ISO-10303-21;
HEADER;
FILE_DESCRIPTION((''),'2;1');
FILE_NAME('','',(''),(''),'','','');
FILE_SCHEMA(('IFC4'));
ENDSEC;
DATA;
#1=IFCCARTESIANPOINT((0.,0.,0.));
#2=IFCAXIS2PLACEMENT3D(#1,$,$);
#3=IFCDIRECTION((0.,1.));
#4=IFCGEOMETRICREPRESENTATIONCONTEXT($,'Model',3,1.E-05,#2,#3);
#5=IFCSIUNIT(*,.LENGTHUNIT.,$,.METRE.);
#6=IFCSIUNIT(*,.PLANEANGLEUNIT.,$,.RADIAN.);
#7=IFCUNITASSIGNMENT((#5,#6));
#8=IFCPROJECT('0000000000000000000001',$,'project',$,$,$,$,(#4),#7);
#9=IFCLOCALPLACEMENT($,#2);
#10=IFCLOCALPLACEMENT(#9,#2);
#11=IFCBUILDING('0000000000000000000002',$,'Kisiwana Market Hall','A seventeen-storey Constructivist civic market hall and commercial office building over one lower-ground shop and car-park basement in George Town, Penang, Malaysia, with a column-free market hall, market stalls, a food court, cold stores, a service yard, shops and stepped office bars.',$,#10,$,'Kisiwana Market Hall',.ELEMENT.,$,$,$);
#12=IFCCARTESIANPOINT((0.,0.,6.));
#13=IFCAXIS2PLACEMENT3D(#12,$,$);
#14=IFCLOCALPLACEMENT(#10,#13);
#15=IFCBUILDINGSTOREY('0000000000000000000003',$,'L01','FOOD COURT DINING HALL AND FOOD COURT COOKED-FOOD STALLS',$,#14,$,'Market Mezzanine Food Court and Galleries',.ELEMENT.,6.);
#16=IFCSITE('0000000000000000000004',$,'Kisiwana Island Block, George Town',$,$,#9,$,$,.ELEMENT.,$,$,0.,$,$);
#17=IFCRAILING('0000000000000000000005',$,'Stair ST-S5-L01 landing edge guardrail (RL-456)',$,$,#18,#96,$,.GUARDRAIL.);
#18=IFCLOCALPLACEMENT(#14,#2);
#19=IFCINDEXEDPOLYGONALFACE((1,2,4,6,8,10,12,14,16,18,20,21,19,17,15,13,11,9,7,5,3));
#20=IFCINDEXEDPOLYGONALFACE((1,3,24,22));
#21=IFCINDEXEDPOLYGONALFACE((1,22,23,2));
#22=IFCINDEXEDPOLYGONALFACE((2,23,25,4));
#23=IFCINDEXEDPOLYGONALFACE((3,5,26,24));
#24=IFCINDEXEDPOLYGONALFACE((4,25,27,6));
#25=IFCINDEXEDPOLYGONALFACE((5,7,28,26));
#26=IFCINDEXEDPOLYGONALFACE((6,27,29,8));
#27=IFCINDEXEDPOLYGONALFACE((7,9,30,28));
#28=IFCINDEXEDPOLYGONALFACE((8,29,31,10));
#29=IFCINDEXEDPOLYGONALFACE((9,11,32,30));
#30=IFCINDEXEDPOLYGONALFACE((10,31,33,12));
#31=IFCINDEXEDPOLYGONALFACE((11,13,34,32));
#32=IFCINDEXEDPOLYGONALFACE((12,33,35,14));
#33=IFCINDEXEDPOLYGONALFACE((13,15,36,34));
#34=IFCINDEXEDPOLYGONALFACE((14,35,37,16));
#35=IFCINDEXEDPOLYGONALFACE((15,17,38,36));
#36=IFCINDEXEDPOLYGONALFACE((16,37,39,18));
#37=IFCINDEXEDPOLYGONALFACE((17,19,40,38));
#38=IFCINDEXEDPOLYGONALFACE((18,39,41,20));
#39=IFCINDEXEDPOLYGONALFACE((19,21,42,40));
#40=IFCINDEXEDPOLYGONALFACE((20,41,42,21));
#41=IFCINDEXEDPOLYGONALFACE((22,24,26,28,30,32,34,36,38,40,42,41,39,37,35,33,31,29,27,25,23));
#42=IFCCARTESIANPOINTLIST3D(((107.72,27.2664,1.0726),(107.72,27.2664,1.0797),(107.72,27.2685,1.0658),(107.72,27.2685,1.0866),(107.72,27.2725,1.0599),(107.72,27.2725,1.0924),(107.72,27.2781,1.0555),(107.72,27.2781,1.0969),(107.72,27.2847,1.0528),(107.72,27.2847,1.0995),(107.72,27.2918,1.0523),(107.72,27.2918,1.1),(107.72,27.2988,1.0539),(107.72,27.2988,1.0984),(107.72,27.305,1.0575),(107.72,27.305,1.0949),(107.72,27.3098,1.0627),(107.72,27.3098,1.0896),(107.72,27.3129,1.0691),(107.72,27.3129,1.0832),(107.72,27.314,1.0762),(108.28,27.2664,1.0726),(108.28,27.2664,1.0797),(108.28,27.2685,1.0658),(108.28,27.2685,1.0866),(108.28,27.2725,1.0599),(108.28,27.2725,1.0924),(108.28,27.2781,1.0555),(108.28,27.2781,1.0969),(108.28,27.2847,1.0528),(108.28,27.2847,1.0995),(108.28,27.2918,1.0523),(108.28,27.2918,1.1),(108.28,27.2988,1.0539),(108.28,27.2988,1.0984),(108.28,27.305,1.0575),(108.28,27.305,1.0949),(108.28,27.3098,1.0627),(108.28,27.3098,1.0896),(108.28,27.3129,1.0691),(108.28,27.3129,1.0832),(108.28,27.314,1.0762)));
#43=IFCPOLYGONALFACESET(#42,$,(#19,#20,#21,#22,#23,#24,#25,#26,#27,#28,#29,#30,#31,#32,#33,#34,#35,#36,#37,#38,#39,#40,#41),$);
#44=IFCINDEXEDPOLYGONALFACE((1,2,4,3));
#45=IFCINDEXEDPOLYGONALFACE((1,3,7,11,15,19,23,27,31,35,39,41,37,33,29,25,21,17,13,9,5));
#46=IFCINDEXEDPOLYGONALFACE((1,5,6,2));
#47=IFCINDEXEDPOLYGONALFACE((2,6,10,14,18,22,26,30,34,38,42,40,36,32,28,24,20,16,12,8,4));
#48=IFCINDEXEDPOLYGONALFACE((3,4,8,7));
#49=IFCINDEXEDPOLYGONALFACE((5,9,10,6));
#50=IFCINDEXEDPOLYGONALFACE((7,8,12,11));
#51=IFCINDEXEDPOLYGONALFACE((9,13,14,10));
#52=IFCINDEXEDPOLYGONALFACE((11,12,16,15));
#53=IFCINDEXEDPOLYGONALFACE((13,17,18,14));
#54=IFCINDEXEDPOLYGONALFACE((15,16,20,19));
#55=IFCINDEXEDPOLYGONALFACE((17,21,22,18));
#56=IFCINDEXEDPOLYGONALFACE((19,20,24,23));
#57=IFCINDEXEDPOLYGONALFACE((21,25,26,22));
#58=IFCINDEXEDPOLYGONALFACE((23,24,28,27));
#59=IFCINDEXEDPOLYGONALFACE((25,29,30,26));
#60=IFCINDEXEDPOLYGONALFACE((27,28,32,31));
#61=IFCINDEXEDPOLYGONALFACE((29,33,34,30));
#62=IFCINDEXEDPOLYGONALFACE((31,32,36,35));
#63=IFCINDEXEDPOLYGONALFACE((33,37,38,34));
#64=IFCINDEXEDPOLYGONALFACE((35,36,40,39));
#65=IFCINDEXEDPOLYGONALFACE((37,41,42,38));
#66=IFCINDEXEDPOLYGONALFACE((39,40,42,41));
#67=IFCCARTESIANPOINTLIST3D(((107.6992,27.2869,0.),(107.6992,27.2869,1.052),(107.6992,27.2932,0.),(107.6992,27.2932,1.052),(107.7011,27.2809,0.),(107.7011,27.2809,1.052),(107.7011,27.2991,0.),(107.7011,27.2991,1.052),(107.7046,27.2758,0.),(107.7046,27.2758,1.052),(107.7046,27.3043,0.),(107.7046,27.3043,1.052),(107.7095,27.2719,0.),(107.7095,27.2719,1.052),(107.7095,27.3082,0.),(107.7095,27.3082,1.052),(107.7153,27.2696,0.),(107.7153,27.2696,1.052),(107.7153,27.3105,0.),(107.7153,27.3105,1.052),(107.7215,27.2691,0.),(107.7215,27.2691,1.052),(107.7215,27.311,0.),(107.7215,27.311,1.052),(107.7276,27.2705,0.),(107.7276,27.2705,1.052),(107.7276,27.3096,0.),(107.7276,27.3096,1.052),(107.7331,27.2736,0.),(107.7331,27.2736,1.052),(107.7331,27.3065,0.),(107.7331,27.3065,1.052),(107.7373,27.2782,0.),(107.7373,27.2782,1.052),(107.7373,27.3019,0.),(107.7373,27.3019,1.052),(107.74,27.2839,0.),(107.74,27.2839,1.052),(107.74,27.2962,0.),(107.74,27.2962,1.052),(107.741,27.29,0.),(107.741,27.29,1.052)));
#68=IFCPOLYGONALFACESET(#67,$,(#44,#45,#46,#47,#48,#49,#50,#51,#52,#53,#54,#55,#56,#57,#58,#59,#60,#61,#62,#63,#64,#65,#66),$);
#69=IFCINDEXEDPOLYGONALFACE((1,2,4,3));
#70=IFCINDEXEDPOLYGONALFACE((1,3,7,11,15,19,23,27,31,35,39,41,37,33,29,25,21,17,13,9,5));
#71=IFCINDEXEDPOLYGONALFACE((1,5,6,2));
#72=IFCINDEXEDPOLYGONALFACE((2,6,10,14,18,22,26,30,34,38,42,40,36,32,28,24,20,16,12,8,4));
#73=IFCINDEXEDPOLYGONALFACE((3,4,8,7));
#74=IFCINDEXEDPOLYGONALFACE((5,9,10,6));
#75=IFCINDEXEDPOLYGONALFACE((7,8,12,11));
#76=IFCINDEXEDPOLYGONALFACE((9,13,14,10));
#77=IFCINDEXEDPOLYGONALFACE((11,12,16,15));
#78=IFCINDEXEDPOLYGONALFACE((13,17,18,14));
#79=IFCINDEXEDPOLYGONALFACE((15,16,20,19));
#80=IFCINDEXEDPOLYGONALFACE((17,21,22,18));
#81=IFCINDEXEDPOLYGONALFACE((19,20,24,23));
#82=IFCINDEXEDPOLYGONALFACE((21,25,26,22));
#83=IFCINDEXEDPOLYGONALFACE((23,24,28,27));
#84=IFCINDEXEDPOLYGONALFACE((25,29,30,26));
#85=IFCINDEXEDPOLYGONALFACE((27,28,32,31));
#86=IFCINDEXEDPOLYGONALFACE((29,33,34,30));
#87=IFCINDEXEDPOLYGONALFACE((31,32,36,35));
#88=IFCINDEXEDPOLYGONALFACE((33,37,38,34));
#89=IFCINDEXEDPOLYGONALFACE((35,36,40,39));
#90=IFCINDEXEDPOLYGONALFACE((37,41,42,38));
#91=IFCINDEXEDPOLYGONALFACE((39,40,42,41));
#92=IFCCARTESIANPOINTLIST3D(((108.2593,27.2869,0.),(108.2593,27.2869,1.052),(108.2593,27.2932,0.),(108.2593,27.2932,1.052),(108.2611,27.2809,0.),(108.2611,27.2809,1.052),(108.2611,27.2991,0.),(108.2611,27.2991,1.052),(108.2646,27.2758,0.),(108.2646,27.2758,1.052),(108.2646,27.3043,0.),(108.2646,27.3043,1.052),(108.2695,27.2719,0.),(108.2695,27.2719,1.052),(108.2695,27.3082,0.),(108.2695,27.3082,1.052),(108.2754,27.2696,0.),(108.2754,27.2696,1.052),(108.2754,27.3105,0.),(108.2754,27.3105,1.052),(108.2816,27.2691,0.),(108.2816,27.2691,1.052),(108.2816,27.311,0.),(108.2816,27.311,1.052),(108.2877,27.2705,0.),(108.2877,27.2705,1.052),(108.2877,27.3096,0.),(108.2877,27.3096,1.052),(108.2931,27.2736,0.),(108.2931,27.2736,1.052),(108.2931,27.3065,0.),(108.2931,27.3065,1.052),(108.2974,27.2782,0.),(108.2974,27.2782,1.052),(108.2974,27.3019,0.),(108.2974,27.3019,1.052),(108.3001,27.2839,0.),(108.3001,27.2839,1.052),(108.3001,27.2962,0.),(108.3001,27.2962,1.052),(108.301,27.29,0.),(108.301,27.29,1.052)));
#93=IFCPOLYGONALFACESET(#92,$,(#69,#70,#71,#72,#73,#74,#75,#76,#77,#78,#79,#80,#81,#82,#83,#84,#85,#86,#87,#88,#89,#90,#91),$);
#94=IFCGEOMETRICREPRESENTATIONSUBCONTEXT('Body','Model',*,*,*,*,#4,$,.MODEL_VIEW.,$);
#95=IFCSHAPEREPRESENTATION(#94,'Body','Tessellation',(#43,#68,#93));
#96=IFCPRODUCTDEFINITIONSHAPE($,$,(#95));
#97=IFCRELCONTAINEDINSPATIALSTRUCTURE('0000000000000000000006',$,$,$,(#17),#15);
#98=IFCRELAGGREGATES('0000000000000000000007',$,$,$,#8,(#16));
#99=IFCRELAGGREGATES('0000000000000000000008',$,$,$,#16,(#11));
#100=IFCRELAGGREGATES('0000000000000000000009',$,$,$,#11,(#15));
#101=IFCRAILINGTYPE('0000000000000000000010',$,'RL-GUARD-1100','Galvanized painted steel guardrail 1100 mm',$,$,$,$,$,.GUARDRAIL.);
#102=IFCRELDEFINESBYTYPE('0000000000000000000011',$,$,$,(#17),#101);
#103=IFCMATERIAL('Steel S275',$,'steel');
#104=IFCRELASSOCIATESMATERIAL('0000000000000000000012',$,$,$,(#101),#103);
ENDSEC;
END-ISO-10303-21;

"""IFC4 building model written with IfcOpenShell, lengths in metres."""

from ifc_helpers import new_model, si_unit, direction, frame, origin, origin_2d, place, context, subcontext, project, spatial, circle, extrude, material, type_object, element, save


model = new_model("IFC4")

# Units and contexts
model_context = context("Model", 3, precision=1e-05, world=origin(), true_north=direction((0.0, 1.0)))
body_context = subcontext(model_context, "Body", "Model", "MODEL_VIEW")
ifc_project = project(units=[si_unit("LENGTHUNIT", "METRE"), si_unit("PLANEANGLEUNIT", "RADIAN")], contexts=[model_context])

# Site, building, storey
site_placement = place(None, origin())
site = spatial("IfcSite", under=ifc_project, at=site_placement, Name="Kisiwana Island Block, George Town", CompositionType="ELEMENT", RefElevation=0.0)
building_placement = place(site_placement, origin())
building = spatial("IfcBuilding", under=site, at=building_placement, Name="Kisiwana Market Hall", Description="A seventeen-storey Constructivist civic market hall and commercial office building over one lower-ground shop and car-park basement in George Town, Penang, Malaysia, with a column-free market hall, market stalls, a food court, cold stores, a service yard, shops and stepped office bars.", LongName="Kisiwana Market Hall", CompositionType="ELEMENT")
storey_placement = place(building_placement, frame((0.0, 0.0, 6.0)))
storey = spatial("IfcBuildingStorey", under=building, at=storey_placement, Name="L01", Description="FOOD COURT DINING HALL AND FOOD COURT COOKED-FOOD STALLS", LongName="Market Mezzanine Food Court and Galleries", CompositionType="ELEMENT", Elevation=6.0)

# Railing
ifc_material_1 = material(Name="Steel S275", Category="steel")
railing_type_1 = type_object("IfcRailingType", Name="RL-GUARD-1100", Description="Galvanized painted steel guardrail 1100 mm", PredefinedType="GUARDRAIL", material=ifc_material_1)
railing_1_placement = place(storey_placement, frame((107.72, 27.29, 0.0)))
element("IfcRailing", 1, at=railing_1_placement, inside=storey, type_object=railing_type_1, Name="Stair ST-S5-L01 landing edge guardrail (RL-456)", PredefinedType="GUARDRAIL", context=body_context, shape_type="SweptSolid", body=[
    extrude(circle(Radius=0.0239, at=origin_2d()), frame((0.0, 0.0, 1.0762), z_axis=(1.0, 0.0, 0.0), x_axis=(0.0, 1.0, 0.0)), (0.0, 0.0, 1.0), 0.5601),
    extrude(circle(Radius=0.021, at=origin_2d()), origin(), (0.0, 0.0, 1.0), 1.052),
    extrude(circle(Radius=0.021, at=origin_2d()), frame((0.5601, 0.0, 0.0)), (0.0, 0.0, 1.0), 1.052),
])

save(model, "model.ifc")
